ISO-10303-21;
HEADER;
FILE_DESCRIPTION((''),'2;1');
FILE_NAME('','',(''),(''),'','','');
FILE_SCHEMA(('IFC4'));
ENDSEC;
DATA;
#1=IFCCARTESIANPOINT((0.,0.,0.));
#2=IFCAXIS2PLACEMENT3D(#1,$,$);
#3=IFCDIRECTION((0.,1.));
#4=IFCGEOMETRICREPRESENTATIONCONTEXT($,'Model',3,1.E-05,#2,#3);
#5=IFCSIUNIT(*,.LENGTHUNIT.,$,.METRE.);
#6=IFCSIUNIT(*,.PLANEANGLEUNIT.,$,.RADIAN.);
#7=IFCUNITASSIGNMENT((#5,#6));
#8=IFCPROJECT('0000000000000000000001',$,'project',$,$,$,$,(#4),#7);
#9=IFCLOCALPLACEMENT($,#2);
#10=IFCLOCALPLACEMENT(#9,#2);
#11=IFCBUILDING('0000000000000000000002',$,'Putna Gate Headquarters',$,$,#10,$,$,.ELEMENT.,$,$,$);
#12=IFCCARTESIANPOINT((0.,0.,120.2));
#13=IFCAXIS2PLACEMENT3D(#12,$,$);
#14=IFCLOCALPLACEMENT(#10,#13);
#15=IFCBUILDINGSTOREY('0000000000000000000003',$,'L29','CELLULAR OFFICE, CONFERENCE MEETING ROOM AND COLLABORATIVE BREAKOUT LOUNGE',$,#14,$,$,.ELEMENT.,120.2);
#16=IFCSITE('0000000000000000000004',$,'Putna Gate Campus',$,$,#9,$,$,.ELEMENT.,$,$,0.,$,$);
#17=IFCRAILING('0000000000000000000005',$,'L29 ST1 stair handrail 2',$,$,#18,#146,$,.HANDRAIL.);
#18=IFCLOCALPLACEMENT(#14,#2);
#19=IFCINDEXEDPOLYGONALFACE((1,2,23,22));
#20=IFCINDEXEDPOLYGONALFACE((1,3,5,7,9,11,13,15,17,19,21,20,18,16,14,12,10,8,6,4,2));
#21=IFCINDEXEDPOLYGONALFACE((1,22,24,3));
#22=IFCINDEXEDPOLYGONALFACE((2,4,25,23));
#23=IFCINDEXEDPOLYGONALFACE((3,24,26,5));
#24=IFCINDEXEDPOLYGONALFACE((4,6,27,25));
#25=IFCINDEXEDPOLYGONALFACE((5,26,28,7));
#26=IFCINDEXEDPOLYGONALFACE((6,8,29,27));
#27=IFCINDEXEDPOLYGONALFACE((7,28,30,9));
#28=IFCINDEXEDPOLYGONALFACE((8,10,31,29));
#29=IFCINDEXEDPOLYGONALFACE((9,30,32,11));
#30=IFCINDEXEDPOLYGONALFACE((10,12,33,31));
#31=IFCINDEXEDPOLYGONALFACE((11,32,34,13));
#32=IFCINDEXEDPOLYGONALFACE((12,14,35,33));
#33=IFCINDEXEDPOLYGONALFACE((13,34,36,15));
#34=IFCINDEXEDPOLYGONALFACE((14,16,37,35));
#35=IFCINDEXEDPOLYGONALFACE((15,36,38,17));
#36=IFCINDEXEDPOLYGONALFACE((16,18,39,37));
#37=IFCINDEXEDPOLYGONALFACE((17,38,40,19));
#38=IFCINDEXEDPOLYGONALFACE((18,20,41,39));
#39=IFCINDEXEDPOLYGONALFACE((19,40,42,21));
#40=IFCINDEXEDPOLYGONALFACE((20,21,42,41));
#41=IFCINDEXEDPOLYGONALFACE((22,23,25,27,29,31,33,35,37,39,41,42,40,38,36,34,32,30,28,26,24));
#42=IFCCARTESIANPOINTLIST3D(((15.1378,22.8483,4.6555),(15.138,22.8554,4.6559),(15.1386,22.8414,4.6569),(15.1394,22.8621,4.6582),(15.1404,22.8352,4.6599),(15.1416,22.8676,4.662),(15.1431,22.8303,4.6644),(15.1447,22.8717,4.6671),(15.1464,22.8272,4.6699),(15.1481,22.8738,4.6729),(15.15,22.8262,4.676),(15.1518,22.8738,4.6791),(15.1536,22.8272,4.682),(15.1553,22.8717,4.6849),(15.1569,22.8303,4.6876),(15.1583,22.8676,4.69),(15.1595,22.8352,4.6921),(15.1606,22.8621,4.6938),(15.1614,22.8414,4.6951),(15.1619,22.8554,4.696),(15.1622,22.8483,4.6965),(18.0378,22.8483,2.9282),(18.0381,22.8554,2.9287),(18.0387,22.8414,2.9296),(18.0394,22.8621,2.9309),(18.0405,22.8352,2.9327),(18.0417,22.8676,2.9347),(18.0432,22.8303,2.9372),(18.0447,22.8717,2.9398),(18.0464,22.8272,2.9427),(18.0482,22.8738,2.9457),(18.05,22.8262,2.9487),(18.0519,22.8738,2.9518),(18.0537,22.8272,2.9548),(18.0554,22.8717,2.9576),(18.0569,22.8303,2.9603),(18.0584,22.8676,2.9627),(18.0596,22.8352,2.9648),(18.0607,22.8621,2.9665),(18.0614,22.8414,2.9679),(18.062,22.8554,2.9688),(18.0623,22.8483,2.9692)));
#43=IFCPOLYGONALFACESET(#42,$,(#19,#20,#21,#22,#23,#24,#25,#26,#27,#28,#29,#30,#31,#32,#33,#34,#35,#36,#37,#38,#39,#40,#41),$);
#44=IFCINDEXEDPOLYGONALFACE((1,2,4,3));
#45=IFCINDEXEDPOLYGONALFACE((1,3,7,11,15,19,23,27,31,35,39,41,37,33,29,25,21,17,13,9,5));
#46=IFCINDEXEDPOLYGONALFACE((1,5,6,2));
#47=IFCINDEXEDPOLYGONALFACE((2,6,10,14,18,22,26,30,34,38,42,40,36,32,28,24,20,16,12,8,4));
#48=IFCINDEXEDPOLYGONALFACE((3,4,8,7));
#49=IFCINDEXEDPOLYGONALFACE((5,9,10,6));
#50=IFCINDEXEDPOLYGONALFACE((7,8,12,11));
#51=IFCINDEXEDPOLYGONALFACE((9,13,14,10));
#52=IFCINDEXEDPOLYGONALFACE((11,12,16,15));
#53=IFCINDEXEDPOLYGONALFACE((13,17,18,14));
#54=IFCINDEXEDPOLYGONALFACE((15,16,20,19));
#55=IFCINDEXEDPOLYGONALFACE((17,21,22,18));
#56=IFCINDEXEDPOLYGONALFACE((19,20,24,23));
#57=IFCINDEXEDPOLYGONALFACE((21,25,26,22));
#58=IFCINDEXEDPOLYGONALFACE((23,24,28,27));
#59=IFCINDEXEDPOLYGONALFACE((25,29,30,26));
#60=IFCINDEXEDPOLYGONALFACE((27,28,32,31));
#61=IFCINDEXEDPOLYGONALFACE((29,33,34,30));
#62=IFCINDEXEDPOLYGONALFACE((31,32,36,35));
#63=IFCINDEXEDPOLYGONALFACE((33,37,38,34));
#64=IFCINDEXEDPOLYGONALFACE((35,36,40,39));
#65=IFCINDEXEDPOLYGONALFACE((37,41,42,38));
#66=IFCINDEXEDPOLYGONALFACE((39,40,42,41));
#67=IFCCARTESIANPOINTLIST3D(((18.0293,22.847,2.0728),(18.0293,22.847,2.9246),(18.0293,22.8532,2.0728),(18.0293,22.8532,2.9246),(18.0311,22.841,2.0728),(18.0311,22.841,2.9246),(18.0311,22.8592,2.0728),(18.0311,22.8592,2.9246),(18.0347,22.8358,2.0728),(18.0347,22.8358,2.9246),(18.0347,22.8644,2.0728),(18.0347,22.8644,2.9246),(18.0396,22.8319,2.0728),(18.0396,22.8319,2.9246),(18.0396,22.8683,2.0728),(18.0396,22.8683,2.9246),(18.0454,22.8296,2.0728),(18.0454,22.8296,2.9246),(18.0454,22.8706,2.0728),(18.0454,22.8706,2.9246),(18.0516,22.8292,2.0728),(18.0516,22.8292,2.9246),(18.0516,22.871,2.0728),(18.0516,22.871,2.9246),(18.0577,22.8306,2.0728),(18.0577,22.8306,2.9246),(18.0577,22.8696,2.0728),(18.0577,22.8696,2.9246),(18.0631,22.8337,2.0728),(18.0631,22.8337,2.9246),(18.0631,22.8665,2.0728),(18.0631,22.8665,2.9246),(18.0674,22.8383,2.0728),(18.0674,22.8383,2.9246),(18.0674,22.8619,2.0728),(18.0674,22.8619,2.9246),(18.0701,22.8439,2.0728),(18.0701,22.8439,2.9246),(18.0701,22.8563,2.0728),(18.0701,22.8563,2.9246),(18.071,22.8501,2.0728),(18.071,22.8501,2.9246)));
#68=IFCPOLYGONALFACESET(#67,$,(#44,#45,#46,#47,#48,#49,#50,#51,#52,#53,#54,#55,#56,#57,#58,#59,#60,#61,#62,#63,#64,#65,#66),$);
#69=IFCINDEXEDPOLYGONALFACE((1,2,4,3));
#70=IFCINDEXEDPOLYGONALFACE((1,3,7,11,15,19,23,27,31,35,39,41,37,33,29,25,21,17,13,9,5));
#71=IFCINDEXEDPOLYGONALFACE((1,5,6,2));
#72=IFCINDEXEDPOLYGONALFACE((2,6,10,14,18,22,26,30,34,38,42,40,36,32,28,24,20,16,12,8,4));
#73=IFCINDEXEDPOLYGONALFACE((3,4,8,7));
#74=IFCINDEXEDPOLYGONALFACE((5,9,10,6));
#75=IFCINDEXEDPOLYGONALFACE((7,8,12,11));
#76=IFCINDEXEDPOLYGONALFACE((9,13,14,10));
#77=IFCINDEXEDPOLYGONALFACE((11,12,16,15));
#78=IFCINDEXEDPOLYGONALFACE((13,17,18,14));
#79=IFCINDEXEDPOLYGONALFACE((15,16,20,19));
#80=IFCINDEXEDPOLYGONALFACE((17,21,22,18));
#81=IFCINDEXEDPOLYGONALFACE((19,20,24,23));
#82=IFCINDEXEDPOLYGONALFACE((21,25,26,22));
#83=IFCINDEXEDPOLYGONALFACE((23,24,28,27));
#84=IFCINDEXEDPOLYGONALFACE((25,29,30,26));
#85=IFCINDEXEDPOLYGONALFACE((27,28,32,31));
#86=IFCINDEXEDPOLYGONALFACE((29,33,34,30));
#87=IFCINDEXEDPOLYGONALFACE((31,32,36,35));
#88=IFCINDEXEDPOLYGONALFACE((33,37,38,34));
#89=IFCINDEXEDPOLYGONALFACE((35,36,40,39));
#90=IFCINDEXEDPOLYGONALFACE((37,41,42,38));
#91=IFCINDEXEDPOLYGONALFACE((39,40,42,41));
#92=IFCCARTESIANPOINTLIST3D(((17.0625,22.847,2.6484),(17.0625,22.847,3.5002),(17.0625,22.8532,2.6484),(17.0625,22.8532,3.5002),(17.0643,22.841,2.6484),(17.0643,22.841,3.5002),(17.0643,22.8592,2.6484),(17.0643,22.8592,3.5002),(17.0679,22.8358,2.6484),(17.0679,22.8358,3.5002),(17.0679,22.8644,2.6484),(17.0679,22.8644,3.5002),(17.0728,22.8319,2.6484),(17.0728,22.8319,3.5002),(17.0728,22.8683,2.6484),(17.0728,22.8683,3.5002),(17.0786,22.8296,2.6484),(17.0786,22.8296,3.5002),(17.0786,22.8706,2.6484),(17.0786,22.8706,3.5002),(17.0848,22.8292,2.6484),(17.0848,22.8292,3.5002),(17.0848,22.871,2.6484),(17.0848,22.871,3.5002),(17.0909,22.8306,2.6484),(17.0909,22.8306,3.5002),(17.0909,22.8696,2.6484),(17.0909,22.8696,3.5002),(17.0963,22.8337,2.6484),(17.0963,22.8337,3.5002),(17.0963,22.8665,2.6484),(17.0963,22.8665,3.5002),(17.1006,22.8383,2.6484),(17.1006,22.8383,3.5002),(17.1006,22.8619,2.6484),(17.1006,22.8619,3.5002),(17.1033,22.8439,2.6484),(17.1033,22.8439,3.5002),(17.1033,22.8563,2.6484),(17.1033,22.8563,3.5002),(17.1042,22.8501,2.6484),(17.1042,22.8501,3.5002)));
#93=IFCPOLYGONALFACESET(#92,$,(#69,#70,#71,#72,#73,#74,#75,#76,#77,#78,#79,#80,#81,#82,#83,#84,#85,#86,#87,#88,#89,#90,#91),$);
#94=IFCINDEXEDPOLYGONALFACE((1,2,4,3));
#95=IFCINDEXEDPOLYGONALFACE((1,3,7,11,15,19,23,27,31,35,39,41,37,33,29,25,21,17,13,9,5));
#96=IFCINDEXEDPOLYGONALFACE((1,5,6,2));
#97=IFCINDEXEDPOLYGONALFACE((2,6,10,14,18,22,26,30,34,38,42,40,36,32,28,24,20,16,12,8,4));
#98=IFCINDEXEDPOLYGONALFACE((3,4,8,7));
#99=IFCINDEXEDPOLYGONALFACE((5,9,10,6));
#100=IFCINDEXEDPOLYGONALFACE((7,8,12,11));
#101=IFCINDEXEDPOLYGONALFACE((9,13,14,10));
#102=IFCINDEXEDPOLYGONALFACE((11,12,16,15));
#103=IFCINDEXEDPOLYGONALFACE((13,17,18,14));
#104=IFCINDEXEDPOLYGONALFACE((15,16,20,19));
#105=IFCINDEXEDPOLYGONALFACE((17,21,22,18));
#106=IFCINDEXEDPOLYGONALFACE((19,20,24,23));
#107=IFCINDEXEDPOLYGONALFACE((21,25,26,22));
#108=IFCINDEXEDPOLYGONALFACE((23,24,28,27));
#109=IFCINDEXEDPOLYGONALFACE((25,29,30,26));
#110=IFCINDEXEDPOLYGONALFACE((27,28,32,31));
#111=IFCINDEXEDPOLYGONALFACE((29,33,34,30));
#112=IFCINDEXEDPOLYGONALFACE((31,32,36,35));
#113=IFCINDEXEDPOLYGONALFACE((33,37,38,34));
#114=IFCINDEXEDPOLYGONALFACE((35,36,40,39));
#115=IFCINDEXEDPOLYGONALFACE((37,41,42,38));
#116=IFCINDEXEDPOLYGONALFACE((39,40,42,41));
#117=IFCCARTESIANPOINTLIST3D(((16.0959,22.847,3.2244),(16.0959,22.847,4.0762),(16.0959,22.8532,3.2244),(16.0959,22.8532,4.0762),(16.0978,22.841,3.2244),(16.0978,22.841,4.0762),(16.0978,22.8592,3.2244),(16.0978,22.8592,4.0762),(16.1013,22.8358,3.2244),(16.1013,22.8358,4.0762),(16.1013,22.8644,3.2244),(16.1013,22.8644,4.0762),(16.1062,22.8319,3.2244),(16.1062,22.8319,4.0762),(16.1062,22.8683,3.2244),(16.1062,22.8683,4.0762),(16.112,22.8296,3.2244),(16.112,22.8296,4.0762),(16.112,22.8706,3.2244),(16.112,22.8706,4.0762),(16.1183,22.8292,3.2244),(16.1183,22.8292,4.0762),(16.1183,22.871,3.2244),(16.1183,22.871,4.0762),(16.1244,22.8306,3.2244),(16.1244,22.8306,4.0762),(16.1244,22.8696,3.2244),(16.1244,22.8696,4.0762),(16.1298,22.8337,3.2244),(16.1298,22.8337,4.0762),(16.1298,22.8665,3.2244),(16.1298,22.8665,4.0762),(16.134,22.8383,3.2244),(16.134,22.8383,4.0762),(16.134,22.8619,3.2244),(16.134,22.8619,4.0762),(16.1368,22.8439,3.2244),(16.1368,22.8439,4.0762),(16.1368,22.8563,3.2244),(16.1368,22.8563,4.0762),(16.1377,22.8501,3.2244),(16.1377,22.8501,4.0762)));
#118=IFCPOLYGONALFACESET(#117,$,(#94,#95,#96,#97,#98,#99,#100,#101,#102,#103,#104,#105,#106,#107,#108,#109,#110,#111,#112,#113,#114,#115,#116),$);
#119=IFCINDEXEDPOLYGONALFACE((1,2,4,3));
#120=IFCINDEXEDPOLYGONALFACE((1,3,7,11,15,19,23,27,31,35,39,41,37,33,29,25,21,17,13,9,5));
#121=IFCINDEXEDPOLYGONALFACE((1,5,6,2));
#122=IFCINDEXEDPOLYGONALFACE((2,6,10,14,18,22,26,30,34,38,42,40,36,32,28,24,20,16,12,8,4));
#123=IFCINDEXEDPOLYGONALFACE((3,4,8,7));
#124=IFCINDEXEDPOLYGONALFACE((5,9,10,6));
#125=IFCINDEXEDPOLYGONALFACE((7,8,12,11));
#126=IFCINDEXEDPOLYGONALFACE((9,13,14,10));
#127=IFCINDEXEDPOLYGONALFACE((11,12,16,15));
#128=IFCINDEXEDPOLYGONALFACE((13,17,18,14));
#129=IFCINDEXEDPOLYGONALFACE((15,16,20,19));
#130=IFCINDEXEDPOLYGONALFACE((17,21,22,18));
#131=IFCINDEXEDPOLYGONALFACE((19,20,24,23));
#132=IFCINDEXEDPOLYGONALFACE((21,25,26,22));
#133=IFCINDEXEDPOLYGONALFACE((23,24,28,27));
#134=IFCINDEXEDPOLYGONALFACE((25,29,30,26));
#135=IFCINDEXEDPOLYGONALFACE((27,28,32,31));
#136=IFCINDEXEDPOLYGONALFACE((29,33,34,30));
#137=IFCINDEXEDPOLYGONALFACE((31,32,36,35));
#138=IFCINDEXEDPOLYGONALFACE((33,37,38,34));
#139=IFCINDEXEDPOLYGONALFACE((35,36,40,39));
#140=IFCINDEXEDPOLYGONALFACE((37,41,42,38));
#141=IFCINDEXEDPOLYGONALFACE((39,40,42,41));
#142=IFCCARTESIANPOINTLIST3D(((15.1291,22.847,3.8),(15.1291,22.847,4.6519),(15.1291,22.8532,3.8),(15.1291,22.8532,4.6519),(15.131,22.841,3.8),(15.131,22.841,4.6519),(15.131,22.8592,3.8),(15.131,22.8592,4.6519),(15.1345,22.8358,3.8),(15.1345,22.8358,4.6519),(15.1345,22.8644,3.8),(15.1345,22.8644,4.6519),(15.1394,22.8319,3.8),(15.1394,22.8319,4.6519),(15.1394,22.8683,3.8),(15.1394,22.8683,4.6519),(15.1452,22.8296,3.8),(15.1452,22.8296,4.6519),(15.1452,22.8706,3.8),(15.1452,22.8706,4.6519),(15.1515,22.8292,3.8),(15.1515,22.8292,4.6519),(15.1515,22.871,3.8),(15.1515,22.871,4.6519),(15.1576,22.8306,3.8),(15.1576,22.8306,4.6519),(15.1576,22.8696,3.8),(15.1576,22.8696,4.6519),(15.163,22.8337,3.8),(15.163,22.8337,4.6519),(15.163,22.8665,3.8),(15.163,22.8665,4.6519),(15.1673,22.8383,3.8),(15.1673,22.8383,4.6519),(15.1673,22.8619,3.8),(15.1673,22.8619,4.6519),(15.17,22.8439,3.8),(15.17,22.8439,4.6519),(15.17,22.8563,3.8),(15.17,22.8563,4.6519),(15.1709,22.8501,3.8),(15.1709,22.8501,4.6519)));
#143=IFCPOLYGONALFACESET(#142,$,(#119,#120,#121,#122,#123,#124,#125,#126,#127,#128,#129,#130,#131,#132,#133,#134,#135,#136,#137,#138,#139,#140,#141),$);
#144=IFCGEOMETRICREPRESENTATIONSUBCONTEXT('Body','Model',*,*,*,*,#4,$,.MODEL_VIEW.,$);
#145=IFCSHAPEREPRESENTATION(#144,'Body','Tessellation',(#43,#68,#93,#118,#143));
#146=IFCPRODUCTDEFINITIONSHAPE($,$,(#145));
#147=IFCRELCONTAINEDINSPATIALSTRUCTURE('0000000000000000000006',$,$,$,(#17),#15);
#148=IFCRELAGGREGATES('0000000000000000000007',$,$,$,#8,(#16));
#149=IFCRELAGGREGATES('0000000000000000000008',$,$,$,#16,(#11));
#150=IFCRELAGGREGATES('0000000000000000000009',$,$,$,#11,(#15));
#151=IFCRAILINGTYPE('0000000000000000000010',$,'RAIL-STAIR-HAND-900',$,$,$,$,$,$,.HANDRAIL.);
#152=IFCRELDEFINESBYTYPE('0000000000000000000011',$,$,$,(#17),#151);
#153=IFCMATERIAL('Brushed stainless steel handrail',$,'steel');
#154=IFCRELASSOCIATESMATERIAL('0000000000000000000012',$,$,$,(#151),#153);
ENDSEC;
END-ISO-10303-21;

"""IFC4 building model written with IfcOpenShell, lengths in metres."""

from ifc_helpers import new_model, si_unit, direction, frame, origin, origin_2d, place, context, subcontext, project, spatial, circle, extrude, material, type_object, element, save


model = new_model("IFC4")

# Units and contexts
model_context = context("Model", 3, precision=1e-05, world=origin(), true_north=direction((0.0, 1.0)))
body_context = subcontext(model_context, "Body", "Model", "MODEL_VIEW")
ifc_project = project(units=[si_unit("LENGTHUNIT", "METRE"), si_unit("PLANEANGLEUNIT", "RADIAN")], contexts=[model_context])

# Site, building, storey
site_placement = place(None, origin())
site = spatial("IfcSite", under=ifc_project, at=site_placement, Name="Putna Gate Campus", CompositionType="ELEMENT", RefElevation=0.0)
building_placement = place(site_placement, origin())
building = spatial("IfcBuilding", under=site, at=building_placement, Name="Putna Gate Headquarters", CompositionType="ELEMENT")
storey_placement = place(building_placement, frame((0.0, 0.0, 120.2)))
storey = spatial("IfcBuildingStorey", under=building, at=storey_placement, Name="L29", Description="CELLULAR OFFICE, CONFERENCE MEETING ROOM AND COLLABORATIVE BREAKOUT LOUNGE", CompositionType="ELEMENT", Elevation=120.2)

# Railing
ifc_material_1 = material(Name="Brushed stainless steel handrail", Category="steel")
railing_type_1 = type_object("IfcRailingType", Name="RAIL-STAIR-HAND-900", PredefinedType="HANDRAIL", material=ifc_material_1)
railing_1_placement = place(storey_placement, frame((18.05, 22.8501, 2.0728)))
element("IfcRailing", 1, at=railing_1_placement, inside=storey, type_object=railing_type_1, Name="L29 ST1 stair handrail 2", PredefinedType="HANDRAIL", context=body_context, shape_type="SweptSolid", body=[
    extrude(circle(Radius=0.0239, at=origin_2d()), frame((0.0, 0.0, 0.876), z_axis=(-0.85916, 0.0, 0.511706), x_axis=(0.0, -1.0, 0.0)), (0.0, 0.0, 1.0), 3.3755),
    extrude(circle(Radius=0.021, at=origin_2d()), origin(), (0.0, 0.0, 1.0), 0.8518),
    extrude(circle(Radius=0.021, at=origin_2d()), frame((-0.9668, 0.0, 0.5757)), (0.0, 0.0, 1.0), 0.8518),
    extrude(circle(Radius=0.021, at=origin_2d()), frame((-1.9333, 0.0, 1.1516)), (0.0, 0.0, 1.0), 0.8518),
    extrude(circle(Radius=0.021, at=origin_2d()), frame((-2.9001, 0.0, 1.7273)), (0.0, 0.0, 1.0), 0.8518),
])

save(model, "model.ifc")
